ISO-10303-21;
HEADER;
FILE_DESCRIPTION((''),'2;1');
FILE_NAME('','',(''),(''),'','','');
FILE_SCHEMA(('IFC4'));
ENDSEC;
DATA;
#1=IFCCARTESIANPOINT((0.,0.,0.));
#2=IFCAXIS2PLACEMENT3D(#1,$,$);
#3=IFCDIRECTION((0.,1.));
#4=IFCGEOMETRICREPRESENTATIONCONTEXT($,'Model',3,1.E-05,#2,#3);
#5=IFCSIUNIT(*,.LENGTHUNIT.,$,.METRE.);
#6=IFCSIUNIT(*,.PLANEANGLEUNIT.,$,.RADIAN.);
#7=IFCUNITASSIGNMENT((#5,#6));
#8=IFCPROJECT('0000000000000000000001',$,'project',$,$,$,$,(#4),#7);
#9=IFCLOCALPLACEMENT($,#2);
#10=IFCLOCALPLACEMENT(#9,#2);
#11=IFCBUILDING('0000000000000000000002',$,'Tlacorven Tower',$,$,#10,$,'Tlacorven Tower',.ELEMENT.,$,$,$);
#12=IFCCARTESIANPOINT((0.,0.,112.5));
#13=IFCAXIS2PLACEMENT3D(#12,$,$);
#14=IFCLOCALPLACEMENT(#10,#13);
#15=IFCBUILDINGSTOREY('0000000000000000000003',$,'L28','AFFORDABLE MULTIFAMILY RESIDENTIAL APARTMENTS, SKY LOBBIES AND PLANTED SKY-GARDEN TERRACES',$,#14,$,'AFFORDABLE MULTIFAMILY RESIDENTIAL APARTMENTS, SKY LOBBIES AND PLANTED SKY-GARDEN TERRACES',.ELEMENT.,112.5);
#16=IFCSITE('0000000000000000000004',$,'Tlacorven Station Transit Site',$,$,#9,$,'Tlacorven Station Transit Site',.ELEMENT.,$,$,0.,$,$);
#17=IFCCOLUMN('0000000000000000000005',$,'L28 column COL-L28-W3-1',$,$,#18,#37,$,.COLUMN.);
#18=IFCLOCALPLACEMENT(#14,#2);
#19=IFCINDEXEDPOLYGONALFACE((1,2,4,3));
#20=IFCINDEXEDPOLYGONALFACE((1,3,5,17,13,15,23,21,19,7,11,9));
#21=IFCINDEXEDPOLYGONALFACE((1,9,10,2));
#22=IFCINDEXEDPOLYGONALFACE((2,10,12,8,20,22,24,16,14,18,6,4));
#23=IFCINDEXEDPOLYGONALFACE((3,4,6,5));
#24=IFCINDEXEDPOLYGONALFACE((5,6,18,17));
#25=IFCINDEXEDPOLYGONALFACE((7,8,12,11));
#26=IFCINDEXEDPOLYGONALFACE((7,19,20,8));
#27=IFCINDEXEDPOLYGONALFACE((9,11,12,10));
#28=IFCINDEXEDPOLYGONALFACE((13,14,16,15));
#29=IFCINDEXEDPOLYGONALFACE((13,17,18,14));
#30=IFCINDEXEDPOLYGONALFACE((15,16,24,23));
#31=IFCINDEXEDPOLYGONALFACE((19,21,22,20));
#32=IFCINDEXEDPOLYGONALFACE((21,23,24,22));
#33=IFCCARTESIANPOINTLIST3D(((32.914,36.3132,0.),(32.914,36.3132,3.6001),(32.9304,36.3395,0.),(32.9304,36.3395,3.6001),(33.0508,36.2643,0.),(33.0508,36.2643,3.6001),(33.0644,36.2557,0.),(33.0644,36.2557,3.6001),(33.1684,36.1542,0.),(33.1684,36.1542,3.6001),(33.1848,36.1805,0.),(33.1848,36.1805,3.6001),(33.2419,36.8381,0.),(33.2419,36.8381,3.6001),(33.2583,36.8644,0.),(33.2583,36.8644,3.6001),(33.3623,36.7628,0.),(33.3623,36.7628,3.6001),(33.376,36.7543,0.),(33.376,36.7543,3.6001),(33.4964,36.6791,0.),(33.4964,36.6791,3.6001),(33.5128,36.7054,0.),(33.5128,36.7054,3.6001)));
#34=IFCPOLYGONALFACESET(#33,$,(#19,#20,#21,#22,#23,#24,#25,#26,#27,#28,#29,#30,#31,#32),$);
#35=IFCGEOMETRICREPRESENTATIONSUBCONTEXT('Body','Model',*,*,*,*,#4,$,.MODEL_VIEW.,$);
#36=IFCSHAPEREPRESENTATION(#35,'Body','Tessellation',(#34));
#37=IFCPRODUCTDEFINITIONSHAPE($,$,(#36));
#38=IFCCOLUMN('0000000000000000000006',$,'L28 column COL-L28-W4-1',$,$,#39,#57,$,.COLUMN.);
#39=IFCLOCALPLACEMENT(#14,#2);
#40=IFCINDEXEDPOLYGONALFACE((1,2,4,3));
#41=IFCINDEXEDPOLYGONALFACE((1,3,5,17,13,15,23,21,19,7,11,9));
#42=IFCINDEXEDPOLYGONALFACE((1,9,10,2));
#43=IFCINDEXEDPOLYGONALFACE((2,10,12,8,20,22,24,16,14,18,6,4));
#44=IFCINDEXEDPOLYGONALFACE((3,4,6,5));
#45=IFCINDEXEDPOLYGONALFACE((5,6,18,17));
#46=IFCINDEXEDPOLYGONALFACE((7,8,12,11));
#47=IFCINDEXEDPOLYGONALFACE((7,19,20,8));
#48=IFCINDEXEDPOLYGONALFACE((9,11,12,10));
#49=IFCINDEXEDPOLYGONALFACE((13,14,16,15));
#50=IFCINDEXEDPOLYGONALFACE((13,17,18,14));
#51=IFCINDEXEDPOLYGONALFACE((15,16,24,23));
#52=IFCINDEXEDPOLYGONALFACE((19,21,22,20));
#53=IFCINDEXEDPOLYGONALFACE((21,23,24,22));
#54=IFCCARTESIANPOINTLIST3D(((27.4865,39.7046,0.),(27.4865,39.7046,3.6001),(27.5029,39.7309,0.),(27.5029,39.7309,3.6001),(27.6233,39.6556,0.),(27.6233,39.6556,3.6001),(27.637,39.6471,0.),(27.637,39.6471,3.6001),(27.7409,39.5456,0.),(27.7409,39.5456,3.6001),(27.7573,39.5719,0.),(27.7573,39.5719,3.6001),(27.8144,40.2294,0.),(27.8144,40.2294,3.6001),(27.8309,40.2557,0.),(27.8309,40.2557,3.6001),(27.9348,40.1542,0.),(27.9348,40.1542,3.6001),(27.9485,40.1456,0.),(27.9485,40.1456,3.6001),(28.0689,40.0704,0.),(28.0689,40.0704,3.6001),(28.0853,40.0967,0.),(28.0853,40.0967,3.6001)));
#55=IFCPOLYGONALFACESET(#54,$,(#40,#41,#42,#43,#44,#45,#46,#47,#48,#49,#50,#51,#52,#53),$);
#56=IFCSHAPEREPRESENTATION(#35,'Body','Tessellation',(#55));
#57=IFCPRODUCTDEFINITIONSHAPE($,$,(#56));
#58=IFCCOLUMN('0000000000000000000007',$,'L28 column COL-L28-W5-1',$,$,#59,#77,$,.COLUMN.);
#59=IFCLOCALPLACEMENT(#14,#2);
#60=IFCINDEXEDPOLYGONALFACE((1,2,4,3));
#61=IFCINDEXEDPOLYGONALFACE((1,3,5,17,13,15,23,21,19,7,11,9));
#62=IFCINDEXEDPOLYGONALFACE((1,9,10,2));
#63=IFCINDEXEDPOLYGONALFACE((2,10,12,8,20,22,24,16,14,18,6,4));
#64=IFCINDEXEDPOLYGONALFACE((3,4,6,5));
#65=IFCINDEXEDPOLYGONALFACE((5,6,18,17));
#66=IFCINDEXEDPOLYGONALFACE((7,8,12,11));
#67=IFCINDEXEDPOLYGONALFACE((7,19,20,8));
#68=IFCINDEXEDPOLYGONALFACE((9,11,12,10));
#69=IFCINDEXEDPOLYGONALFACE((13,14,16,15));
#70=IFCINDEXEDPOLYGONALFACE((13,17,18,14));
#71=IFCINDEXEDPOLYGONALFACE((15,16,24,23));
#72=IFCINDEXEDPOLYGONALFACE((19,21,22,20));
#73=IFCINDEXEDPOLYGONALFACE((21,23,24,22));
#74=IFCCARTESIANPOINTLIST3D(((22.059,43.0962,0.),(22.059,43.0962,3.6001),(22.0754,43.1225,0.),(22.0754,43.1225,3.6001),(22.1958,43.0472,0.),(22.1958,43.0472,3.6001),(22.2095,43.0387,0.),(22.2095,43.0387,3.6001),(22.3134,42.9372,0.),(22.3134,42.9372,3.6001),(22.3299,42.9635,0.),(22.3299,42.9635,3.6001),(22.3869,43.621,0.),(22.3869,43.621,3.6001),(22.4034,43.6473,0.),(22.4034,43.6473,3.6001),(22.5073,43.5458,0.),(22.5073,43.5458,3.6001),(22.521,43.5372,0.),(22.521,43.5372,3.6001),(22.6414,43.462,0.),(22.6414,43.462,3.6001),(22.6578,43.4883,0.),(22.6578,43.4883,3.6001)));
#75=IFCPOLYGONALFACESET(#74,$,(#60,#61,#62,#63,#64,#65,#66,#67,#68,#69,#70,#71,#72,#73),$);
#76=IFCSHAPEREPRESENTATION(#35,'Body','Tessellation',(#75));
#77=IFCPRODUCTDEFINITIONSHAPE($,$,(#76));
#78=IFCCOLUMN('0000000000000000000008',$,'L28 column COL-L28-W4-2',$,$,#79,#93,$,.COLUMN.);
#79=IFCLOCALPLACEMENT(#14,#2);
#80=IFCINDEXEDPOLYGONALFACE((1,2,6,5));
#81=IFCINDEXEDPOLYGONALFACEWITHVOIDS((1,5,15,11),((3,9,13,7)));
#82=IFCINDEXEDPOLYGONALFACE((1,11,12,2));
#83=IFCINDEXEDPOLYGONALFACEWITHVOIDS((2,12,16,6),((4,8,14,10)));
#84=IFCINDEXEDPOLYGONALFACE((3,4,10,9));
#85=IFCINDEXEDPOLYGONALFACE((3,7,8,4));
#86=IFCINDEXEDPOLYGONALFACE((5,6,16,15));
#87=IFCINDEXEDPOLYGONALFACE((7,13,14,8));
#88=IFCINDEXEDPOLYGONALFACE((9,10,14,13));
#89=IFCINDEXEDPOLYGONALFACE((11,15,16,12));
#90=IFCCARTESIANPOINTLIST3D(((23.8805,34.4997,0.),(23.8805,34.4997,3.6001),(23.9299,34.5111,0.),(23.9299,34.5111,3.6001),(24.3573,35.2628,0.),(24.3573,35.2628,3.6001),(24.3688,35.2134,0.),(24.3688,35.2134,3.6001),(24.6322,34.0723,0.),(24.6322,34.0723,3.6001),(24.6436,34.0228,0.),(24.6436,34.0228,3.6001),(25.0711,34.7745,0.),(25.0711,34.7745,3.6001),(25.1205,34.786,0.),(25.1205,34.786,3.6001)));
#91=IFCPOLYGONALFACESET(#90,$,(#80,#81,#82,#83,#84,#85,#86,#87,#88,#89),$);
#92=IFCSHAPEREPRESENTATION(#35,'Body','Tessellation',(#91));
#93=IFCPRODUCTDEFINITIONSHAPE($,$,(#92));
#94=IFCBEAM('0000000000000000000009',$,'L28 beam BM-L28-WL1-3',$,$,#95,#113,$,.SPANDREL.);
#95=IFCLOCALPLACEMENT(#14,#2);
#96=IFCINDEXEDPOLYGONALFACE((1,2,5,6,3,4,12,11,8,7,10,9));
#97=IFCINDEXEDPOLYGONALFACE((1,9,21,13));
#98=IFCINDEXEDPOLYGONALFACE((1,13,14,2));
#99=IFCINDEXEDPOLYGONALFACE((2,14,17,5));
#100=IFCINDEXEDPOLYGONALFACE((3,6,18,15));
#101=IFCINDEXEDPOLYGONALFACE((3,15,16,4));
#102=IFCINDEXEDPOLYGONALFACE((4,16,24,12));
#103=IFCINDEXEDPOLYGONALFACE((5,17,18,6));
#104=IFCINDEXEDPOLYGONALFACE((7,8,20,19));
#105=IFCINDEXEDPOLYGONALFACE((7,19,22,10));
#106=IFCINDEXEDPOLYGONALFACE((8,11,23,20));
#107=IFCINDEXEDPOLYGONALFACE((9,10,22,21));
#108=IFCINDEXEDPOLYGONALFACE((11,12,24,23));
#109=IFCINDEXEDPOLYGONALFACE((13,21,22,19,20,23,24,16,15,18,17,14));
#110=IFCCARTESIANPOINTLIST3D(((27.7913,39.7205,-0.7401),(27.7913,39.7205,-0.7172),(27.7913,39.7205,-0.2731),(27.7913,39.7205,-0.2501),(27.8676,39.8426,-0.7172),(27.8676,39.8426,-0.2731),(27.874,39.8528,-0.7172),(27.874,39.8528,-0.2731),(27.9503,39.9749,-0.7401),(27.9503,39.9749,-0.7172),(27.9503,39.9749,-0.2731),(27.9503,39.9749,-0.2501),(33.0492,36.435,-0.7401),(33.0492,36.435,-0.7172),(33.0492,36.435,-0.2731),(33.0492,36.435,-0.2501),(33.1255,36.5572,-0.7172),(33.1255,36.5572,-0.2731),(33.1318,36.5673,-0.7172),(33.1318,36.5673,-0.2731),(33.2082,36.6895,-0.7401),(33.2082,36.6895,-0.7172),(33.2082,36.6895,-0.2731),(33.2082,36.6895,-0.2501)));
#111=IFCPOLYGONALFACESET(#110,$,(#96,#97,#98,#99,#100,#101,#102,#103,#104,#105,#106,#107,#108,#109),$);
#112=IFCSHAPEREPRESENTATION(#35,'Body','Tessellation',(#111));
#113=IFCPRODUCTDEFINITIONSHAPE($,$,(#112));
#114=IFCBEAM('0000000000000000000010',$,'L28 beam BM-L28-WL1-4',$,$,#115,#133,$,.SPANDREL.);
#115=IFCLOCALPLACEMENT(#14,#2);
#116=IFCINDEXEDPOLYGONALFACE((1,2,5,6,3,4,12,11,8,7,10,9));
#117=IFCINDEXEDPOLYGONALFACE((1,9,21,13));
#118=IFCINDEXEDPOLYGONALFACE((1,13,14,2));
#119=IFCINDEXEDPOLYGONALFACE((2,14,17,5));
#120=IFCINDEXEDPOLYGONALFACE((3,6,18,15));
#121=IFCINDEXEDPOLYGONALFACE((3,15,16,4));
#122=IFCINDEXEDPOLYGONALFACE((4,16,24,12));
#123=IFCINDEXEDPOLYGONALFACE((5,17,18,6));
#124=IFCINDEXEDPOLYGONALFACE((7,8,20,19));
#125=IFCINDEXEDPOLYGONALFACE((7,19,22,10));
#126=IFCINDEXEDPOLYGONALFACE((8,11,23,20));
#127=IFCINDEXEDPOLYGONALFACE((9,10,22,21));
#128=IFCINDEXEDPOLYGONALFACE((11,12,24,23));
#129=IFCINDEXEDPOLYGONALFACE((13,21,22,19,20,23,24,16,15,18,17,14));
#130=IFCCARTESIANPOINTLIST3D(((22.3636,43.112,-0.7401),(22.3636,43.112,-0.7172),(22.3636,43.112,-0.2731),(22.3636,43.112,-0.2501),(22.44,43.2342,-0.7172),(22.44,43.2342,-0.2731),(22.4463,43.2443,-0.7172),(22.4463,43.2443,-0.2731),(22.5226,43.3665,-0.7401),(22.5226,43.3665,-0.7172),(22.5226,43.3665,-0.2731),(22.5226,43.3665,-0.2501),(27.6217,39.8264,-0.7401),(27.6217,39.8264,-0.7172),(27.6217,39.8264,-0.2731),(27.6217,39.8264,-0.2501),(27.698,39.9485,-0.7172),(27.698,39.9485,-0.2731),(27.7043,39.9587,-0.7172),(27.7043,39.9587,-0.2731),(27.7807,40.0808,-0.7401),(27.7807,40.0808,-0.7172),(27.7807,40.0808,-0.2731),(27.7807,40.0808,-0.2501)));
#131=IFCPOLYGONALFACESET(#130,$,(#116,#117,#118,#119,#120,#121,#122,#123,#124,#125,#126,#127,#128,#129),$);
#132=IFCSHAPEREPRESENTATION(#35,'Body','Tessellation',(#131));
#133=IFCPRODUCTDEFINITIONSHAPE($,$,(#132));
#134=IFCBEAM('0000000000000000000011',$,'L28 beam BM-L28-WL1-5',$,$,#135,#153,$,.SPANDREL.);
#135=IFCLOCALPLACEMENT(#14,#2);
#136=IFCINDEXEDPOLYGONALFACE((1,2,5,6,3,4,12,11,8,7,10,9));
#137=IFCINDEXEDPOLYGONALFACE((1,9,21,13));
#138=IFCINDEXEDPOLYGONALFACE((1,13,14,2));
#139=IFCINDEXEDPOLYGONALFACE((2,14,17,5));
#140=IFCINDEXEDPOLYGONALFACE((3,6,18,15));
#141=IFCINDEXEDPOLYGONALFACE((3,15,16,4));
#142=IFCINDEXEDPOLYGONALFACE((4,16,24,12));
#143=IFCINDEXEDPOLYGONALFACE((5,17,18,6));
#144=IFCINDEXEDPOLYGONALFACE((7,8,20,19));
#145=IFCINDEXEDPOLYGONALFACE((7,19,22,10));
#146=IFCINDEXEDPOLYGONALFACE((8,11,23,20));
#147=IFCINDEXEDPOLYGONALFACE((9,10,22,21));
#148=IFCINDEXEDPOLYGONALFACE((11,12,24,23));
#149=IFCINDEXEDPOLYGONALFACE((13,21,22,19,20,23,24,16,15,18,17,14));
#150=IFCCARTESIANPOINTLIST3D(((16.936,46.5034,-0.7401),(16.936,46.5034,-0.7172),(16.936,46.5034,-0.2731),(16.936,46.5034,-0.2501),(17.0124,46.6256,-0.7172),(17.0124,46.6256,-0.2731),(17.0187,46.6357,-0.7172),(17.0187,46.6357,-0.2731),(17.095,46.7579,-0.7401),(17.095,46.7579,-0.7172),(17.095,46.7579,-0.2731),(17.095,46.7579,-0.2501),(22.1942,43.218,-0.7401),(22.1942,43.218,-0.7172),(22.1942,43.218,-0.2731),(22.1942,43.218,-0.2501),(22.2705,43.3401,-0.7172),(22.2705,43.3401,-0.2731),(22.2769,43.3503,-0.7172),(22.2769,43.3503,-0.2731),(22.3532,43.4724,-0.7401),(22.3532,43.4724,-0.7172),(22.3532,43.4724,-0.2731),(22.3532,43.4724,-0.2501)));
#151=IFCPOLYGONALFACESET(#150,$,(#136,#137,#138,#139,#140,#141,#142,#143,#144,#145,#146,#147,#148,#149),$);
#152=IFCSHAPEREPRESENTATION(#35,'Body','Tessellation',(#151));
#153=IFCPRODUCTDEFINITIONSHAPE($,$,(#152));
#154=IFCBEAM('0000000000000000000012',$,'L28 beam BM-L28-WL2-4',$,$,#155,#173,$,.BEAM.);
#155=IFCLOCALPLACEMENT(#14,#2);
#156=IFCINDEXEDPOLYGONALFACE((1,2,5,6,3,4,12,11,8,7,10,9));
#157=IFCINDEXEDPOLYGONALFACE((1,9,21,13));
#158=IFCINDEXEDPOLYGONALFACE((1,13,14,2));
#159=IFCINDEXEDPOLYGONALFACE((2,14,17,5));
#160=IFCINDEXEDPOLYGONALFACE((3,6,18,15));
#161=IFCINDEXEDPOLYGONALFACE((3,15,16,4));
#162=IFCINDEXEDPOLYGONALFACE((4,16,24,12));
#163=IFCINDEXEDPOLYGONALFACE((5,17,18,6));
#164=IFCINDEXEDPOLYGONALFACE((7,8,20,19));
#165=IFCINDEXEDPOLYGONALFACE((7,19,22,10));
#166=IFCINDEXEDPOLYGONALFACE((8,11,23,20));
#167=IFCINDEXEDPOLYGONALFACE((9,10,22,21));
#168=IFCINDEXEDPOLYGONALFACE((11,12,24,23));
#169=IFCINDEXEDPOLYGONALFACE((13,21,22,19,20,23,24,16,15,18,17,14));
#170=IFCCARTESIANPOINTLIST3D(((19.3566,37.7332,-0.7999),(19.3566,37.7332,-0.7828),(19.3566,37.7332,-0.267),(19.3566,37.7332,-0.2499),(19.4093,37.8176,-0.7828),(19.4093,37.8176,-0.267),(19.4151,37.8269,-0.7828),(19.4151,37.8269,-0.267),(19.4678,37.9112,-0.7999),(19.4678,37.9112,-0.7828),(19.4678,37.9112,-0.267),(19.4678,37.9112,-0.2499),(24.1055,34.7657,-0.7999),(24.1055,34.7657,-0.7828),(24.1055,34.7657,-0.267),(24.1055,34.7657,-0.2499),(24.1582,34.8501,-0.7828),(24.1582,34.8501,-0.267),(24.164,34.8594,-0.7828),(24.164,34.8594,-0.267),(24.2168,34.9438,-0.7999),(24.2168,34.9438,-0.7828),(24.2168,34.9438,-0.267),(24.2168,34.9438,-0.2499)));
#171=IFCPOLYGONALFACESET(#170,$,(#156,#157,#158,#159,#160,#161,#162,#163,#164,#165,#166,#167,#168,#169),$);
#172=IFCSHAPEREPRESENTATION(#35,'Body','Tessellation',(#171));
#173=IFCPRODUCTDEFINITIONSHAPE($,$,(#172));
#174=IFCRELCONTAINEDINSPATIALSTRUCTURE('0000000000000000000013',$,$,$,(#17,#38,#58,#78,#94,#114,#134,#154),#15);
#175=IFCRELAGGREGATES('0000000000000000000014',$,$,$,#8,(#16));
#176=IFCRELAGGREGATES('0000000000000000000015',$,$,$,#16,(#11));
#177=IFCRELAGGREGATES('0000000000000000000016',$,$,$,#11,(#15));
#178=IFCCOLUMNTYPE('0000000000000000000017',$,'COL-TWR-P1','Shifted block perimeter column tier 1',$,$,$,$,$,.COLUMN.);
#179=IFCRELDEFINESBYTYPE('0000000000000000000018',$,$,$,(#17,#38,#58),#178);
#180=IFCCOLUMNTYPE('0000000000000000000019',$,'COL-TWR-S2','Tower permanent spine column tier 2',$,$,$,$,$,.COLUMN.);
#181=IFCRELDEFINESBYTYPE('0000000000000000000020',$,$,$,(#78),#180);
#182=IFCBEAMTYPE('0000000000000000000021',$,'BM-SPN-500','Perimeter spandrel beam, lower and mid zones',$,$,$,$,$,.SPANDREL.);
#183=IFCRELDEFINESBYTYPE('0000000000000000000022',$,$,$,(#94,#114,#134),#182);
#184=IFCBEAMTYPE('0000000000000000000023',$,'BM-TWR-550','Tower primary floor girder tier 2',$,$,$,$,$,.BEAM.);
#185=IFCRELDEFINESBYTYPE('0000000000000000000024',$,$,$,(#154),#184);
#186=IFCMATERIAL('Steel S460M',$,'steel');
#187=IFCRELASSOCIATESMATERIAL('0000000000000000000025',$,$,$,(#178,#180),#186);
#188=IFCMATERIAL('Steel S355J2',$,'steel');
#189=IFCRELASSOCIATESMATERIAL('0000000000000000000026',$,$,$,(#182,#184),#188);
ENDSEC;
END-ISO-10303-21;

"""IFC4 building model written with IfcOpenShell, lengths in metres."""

from ifc_helpers import new_model, si_unit, direction, frame, origin, origin_2d, place, context, subcontext, project, spatial, hollow_rectangle, i_section, extrude, source, transform, mapped, material, material_profile, profile_set, type_object, element, save


model = new_model("IFC4")

# Units and contexts
model_context = context("Model", 3, precision=1e-05, world=origin(), true_north=direction((0.0, 1.0)))
body_context = subcontext(model_context, "Body", "Model", "MODEL_VIEW")
ifc_project = project(units=[si_unit("LENGTHUNIT", "METRE"), si_unit("PLANEANGLEUNIT", "RADIAN")], contexts=[model_context])

# Site, building, storey
site_placement = place(None, origin())
site = spatial("IfcSite", under=ifc_project, at=site_placement, Name="Tlacorven Station Transit Site", LongName="Tlacorven Station Transit Site", CompositionType="ELEMENT", RefElevation=0.0)
building_placement = place(site_placement, origin())
building = spatial("IfcBuilding", under=site, at=building_placement, Name="Tlacorven Tower", LongName="Tlacorven Tower", CompositionType="ELEMENT")
storey_placement = place(building_placement, frame((0.0, 0.0, 112.5)))
storey = spatial("IfcBuildingStorey", under=building, at=storey_placement, Name="L28", Description="AFFORDABLE MULTIFAMILY RESIDENTIAL APARTMENTS, SKY LOBBIES AND PLANTED SKY-GARDEN TERRACES", LongName="AFFORDABLE MULTIFAMILY RESIDENTIAL APARTMENTS, SKY LOBBIES AND PLANTED SKY-GARDEN TERRACES", CompositionType="ELEMENT", Elevation=112.5)

# Columns
ifc_material_1 = material(Name="Steel S460M", Category="steel")
ifc_material_profile_1 = material_profile(ifc_material_1, i_section(OverallWidth=0.3, OverallDepth=0.6499, WebThickness=0.0161, FlangeThickness=0.031, at=origin_2d()), Name="HEB 650")
ifc_profile_set_1 = profile_set([ifc_material_profile_1], Name="Steel S460M")
column_type_1 = type_object("IfcColumnType", Name="COL-TWR-P1", Description="Shifted block perimeter column tier 1", PredefinedType="COLUMN", material=ifc_profile_set_1)
shared_shape_1 = source(origin(), body_context, "Body", "SweptSolid", [
    extrude(i_section(OverallWidth=0.3, OverallDepth=0.6499, WebThickness=0.0161, FlangeThickness=0.031, at=origin_2d()), origin(), (0.0, 0.0, 1.0), 3.6001),
])
for number, where, z_axis, x_axis, name in (
    (1, (33.2134, 36.5093, 0.0), (0.0, 0.0, 1.0), (-0.848048, 0.529919, 0.0), "L28 column COL-L28-W3-1"),
    (2, (27.7859, 39.9006, 0.0), (0.0, 0.0, 1.0), (-0.848048, 0.529919, 0.0), "L28 column COL-L28-W4-1"),
    (3, (22.3584, 43.2922, 0.0), (0.0, 0.0, 1.0), (-0.848048, 0.529919, 0.0), "L28 column COL-L28-W5-1"),
):
    element("IfcColumn", number, at=place(storey_placement, frame(where, z_axis=z_axis, x_axis=x_axis)), inside=storey, type_object=column_type_1, Name=name, PredefinedType="COLUMN", context=body_context, shape_type="MappedRepresentation", body=[
        mapped(shared_shape_1, transform((0.0, 0.0, 0.0), scale=1.0)),
    ])
ifc_material_profile_2 = material_profile(ifc_material_1, hollow_rectangle(XDim=0.8999, YDim=0.8999, WallThickness=0.0359, at=origin_2d()), Name="BOX 900X900X36")
ifc_profile_set_2 = profile_set([ifc_material_profile_2], Name="Steel S460M")
column_type_2 = type_object("IfcColumnType", Name="COL-TWR-S2", Description="Tower permanent spine column tier 2", PredefinedType="COLUMN", material=ifc_profile_set_2)
shared_shape_2 = source(origin(), body_context, "Body", "SweptSolid", [
    extrude(hollow_rectangle(XDim=0.8999, YDim=0.8999, WallThickness=0.0359, at=origin_2d()), origin(), (0.0, 0.0, 1.0), 3.6001),
])
column_placement = place(storey_placement, frame((24.5005, 34.6428, 0.0), z_axis=(0.0, 0.0, 1.0), x_axis=(-0.848048, 0.529919, 0.0)))
element("IfcColumn", 4, at=column_placement, inside=storey, type_object=column_type_2, Name="L28 column COL-L28-W4-2", PredefinedType="COLUMN", context=body_context, shape_type="MappedRepresentation", body=[
    mapped(shared_shape_2, transform((0.0, 0.0, 0.0), scale=1.0)),
])

# Beams
ifc_material_2 = material(Name="Steel S355J2", Category="steel")
ifc_material_profile_3 = material_profile(ifc_material_2, i_section(OverallWidth=0.3, OverallDepth=0.49, WebThickness=0.012, FlangeThickness=0.0229, at=origin_2d()), Name="HEA 500")
ifc_profile_set_3 = profile_set([ifc_material_profile_3], Name="Steel S355J2")
beam_type_1 = type_object("IfcBeamType", Name="BM-SPN-500", Description="Perimeter spandrel beam, lower and mid zones", PredefinedType="SPANDREL", material=ifc_profile_set_3)
shared_shape_3 = source(origin(), body_context, "Body", "SweptSolid", [
    extrude(i_section(OverallWidth=0.3, OverallDepth=0.49, WebThickness=0.012, FlangeThickness=0.0229, at=origin_2d()), origin(), (0.0, 0.0, 1.0), 6.2),
])
beam_1_placement = place(storey_placement, frame((33.1287, 36.5623, -0.4951), z_axis=(-0.848051, 0.529914, 0.0), x_axis=(-0.529914, -0.848051, 0.0)))
element("IfcBeam", 5, at=beam_1_placement, inside=storey, type_object=beam_type_1, Name="L28 beam BM-L28-WL1-3", PredefinedType="SPANDREL", context=body_context, shape_type="MappedRepresentation", body=[
    mapped(shared_shape_3, transform((0.0, 0.0, 0.0), scale=1.0)),
])
shared_shape_4 = source(origin(), body_context, "Body", "SweptSolid", [
    extrude(i_section(OverallWidth=0.3, OverallDepth=0.49, WebThickness=0.012, FlangeThickness=0.0229, at=origin_2d()), origin(), (0.0, 0.0, 1.0), 6.2002),
])
for number, where, z_axis, x_axis, name in (
    (6, (27.7012, 39.9536, -0.4951), (-0.848045, 0.529925, 0.0), (-0.529925, -0.848045, 0.0), "L28 beam BM-L28-WL1-4"),
    (7, (22.2737, 43.3452, -0.4951), (-0.848062, 0.529896, 0.0), (-0.529896, -0.848062, 0.0), "L28 beam BM-L28-WL1-5"),
):
    element("IfcBeam", number, at=place(storey_placement, frame(where, z_axis=z_axis, x_axis=x_axis)), inside=storey, type_object=beam_type_1, Name=name, PredefinedType="SPANDREL", context=body_context, shape_type="MappedRepresentation", body=[
        mapped(shared_shape_4, transform((0.0, 0.0, 0.0), scale=1.0)),
    ])
ifc_material_profile_4 = material_profile(ifc_material_2, i_section(OverallWidth=0.21, OverallDepth=0.55, WebThickness=0.011, FlangeThickness=0.0171, at=origin_2d()), Name="IPE 550")
ifc_profile_set_4 = profile_set([ifc_material_profile_4], Name="Steel S355J2")
beam_type_2 = type_object("IfcBeamType", Name="BM-TWR-550", Description="Tower primary floor girder tier 2", PredefinedType="BEAM", material=ifc_profile_set_4)
shared_shape_5 = source(origin(), body_context, "Body", "SweptSolid", [
    extrude(i_section(OverallWidth=0.21, OverallDepth=0.55, WebThickness=0.011, FlangeThickness=0.0171, at=origin_2d()), origin(), (0.0, 0.0, 1.0), 5.5999),
])
beam_2_placement = place(storey_placement, frame((24.1611, 34.8547, -0.5249), z_axis=(-0.848047, 0.529921, 0.0), x_axis=(-0.529921, -0.848047, 0.0)))
element("IfcBeam", 8, at=beam_2_placement, inside=storey, type_object=beam_type_2, Name="L28 beam BM-L28-WL2-4", PredefinedType="BEAM", context=body_context, shape_type="MappedRepresentation", body=[
    mapped(shared_shape_5, transform((0.0, 0.0, 0.0), scale=1.0)),
])

save(model, "model.ifc")
